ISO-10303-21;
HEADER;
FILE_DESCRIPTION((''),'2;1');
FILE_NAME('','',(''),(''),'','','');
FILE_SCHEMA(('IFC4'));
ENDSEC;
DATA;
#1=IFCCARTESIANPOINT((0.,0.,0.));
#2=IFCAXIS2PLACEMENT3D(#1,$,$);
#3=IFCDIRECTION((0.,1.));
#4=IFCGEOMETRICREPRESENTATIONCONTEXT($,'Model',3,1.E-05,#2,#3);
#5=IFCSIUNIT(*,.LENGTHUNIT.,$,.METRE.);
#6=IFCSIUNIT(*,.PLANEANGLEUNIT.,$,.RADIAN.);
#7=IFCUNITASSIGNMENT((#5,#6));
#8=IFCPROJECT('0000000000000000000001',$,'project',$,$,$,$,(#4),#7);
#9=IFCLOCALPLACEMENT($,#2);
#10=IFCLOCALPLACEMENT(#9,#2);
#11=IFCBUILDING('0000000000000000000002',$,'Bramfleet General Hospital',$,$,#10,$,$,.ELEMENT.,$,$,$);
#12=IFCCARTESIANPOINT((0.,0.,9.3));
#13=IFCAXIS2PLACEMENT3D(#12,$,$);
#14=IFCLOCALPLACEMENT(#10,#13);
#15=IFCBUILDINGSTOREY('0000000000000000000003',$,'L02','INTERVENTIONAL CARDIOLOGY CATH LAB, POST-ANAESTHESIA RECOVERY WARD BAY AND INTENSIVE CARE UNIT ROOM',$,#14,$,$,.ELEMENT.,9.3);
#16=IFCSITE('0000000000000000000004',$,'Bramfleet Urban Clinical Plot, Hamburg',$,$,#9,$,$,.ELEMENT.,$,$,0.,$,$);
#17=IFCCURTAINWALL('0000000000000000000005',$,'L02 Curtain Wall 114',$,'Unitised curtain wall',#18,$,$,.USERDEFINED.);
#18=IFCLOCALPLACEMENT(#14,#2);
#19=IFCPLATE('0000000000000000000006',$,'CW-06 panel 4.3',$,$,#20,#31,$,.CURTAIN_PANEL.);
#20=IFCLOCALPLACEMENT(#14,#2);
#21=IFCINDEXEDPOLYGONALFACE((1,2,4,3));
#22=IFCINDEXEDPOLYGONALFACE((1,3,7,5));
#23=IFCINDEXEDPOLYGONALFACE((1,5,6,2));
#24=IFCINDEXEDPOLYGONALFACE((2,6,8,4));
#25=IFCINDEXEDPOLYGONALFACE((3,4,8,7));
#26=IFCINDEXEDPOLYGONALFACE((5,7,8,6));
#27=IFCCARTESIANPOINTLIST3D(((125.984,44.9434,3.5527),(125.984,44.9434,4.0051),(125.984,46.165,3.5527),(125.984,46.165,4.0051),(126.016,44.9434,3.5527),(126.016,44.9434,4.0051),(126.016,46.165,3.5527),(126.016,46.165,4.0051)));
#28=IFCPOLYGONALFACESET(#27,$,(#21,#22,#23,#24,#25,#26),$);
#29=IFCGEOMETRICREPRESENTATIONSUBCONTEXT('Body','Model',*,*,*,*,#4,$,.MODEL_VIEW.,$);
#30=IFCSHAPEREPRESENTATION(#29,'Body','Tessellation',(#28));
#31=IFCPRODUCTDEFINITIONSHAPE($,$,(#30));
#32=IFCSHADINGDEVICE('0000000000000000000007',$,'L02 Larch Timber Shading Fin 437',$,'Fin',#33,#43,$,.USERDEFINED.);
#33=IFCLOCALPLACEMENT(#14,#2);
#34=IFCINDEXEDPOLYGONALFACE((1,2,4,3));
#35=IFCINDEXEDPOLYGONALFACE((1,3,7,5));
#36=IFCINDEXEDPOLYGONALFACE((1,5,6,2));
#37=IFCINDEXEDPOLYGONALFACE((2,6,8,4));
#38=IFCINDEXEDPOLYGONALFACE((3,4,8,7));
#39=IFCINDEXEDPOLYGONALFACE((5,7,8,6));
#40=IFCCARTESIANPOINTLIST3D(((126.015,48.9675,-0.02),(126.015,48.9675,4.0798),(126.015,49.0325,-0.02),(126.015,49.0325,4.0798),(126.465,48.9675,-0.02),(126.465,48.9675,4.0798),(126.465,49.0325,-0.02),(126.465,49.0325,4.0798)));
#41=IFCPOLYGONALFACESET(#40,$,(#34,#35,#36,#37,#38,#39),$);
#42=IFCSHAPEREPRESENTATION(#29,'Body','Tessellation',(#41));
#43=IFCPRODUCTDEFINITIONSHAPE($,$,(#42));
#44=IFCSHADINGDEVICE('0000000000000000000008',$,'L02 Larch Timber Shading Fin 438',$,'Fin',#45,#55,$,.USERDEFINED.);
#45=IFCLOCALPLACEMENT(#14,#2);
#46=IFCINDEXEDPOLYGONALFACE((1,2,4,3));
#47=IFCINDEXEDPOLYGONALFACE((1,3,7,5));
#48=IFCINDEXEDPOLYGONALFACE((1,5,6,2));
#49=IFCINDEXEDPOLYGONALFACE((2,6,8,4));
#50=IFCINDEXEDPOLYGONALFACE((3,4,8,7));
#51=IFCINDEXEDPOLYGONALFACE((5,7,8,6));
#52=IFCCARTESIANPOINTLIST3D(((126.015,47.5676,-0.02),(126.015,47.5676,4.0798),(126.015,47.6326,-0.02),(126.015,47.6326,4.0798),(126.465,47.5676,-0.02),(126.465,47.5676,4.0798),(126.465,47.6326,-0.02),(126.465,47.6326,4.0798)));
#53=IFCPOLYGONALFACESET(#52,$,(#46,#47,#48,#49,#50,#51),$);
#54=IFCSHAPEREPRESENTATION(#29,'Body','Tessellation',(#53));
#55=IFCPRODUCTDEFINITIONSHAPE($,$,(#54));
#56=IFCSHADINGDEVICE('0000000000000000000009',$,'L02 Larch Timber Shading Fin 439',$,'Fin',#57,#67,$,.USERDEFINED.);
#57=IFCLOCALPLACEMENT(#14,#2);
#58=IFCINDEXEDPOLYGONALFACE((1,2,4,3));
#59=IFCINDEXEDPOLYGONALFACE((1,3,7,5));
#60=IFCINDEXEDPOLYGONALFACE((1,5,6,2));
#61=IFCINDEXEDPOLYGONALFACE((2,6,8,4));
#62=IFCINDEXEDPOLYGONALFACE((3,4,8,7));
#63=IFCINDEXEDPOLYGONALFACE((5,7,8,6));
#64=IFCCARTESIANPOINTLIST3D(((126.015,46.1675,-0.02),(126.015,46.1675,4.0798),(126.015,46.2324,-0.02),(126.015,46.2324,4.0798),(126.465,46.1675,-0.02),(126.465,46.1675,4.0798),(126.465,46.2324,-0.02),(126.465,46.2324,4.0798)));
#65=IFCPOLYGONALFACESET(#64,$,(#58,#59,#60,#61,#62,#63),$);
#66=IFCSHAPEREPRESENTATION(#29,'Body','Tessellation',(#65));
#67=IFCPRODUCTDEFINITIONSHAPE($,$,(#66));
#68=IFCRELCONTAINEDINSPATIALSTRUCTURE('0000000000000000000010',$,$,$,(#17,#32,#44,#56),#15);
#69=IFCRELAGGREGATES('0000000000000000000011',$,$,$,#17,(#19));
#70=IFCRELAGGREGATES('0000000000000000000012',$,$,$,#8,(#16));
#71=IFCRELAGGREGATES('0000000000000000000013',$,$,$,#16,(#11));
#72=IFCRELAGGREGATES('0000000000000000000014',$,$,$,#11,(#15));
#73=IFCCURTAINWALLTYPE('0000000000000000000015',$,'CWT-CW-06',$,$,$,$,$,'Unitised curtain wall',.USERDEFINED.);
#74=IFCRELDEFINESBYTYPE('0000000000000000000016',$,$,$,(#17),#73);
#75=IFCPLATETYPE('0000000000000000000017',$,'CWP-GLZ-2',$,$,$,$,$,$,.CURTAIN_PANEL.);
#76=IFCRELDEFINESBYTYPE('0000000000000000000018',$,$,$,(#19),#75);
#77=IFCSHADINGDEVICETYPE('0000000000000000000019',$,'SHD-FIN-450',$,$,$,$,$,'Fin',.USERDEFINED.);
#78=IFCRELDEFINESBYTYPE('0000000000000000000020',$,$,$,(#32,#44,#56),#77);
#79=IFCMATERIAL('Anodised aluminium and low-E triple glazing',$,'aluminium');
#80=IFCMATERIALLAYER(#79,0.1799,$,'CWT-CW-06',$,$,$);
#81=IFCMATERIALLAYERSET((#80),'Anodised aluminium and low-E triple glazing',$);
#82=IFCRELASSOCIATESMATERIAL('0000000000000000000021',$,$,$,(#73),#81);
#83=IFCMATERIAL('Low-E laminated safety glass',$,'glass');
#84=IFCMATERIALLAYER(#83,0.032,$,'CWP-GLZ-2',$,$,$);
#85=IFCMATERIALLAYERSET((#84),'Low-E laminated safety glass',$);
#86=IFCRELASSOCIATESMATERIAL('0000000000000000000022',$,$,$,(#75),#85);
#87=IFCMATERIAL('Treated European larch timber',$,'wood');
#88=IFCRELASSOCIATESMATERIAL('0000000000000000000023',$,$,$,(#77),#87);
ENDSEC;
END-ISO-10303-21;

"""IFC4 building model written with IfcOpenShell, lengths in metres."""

from ifc_helpers import new_model, si_unit, direction, frame, origin, origin_2d, place, context, subcontext, project, spatial, rectangle, extrude, material, layer, layer_set, material_profile, profile_set, type_object, element, aggregate, save


model = new_model("IFC4")

# Units and contexts
model_context = context("Model", 3, precision=1e-05, world=origin(), true_north=direction((0.0, 1.0)))
body_context = subcontext(model_context, "Body", "Model", "MODEL_VIEW")
ifc_project = project(units=[si_unit("LENGTHUNIT", "METRE"), si_unit("PLANEANGLEUNIT", "RADIAN")], contexts=[model_context])

# Site, building, storey
site_placement = place(None, origin())
site = spatial("IfcSite", under=ifc_project, at=site_placement, Name="Bramfleet Urban Clinical Plot, Hamburg", CompositionType="ELEMENT", RefElevation=0.0)
building_placement = place(site_placement, origin())
building = spatial("IfcBuilding", under=site, at=building_placement, Name="Bramfleet General Hospital", CompositionType="ELEMENT")
storey_placement = place(building_placement, frame((0.0, 0.0, 9.3)))
storey = spatial("IfcBuildingStorey", under=building, at=storey_placement, Name="L02", Description="INTERVENTIONAL CARDIOLOGY CATH LAB, POST-ANAESTHESIA RECOVERY WARD BAY AND INTENSIVE CARE UNIT ROOM", CompositionType="ELEMENT", Elevation=9.3)

# Curtain wall, plate
ifc_material_1 = material(Name="Anodised aluminium and low-E triple glazing", Category="aluminium")
ifc_layer_1 = layer(ifc_material_1, 0.1799, Name="CWT-CW-06")
ifc_layer_set_1 = layer_set([ifc_layer_1], Name="Anodised aluminium and low-E triple glazing")
curtain_wall_type = type_object("IfcCurtainWallType", Name="CWT-CW-06", ElementType="Unitised curtain wall", PredefinedType="USERDEFINED", material=ifc_layer_set_1)
curtain_wall_placement = place(storey_placement, origin())
curtain_wall = element("IfcCurtainWall", 1, at=curtain_wall_placement, inside=storey, type_object=curtain_wall_type, Name="L02 Curtain Wall 114", ObjectType="Unitised curtain wall", PredefinedType="USERDEFINED")
ifc_material_2 = material(Name="Low-E laminated safety glass", Category="glass")
ifc_layer_2 = layer(ifc_material_2, 0.032, Name="CWP-GLZ-2")
ifc_layer_set_2 = layer_set([ifc_layer_2], Name="Low-E laminated safety glass")
plate_type = type_object("IfcPlateType", Name="CWP-GLZ-2", PredefinedType="CURTAIN_PANEL", material=ifc_layer_set_2)
plate_1_placement = place(storey_placement, frame((126.0, 45.5542, 3.5527), z_axis=(0.0, 0.0, 1.0), x_axis=(0.0, -1.0, 0.0)))
plate_1 = element("IfcPlate", 2, at=plate_1_placement, type_object=plate_type, Name="CW-06 panel 4.3", PredefinedType="CURTAIN_PANEL", context=body_context, shape_type="SweptSolid", body=[
    extrude(rectangle(XDim=1.2217, YDim=0.032, at=origin_2d()), origin(), (0.0, 0.0, 1.0), 0.4524),
])
aggregate(curtain_wall, [plate_1])

# Shading devices
ifc_material_3 = material(Name="Treated European larch timber", Category="wood")
ifc_material_profile_1 = material_profile(ifc_material_3, rectangle(XDim=0.0649, YDim=0.45, at=origin_2d()), Name="LARCH FIN 450x65")
ifc_profile_set_1 = profile_set([ifc_material_profile_1], Name="Treated European larch timber")
shading_device_type = type_object("IfcShadingDeviceType", Name="SHD-FIN-450", ElementType="Fin", PredefinedType="USERDEFINED", material=ifc_profile_set_1)
for number, where, z_axis, x_axis, name in (
    (3, (126.24, 49.0, -0.02), (0.0, 0.0, 1.0), (0.0, -1.0, 0.0), "L02 Larch Timber Shading Fin 437"),
    (4, (126.24, 47.6001, -0.02), (0.0, 0.0, 1.0), (0.0, -1.0, 0.0), "L02 Larch Timber Shading Fin 438"),
    (5, (126.24, 46.2, -0.02), (0.0, 0.0, 1.0), (0.0, -1.0, 0.0), "L02 Larch Timber Shading Fin 439"),
):
    element("IfcShadingDevice", number, at=place(storey_placement, frame(where, z_axis=z_axis, x_axis=x_axis)), inside=storey, type_object=shading_device_type, Name=name, ObjectType="Fin", PredefinedType="USERDEFINED", context=body_context, shape_type="SweptSolid", body=[
        extrude(rectangle(XDim=0.0649, YDim=0.45, at=origin_2d()), origin(), (0.0, 0.0, 1.0), 4.0999),
    ])

save(model, "model.ifc")
